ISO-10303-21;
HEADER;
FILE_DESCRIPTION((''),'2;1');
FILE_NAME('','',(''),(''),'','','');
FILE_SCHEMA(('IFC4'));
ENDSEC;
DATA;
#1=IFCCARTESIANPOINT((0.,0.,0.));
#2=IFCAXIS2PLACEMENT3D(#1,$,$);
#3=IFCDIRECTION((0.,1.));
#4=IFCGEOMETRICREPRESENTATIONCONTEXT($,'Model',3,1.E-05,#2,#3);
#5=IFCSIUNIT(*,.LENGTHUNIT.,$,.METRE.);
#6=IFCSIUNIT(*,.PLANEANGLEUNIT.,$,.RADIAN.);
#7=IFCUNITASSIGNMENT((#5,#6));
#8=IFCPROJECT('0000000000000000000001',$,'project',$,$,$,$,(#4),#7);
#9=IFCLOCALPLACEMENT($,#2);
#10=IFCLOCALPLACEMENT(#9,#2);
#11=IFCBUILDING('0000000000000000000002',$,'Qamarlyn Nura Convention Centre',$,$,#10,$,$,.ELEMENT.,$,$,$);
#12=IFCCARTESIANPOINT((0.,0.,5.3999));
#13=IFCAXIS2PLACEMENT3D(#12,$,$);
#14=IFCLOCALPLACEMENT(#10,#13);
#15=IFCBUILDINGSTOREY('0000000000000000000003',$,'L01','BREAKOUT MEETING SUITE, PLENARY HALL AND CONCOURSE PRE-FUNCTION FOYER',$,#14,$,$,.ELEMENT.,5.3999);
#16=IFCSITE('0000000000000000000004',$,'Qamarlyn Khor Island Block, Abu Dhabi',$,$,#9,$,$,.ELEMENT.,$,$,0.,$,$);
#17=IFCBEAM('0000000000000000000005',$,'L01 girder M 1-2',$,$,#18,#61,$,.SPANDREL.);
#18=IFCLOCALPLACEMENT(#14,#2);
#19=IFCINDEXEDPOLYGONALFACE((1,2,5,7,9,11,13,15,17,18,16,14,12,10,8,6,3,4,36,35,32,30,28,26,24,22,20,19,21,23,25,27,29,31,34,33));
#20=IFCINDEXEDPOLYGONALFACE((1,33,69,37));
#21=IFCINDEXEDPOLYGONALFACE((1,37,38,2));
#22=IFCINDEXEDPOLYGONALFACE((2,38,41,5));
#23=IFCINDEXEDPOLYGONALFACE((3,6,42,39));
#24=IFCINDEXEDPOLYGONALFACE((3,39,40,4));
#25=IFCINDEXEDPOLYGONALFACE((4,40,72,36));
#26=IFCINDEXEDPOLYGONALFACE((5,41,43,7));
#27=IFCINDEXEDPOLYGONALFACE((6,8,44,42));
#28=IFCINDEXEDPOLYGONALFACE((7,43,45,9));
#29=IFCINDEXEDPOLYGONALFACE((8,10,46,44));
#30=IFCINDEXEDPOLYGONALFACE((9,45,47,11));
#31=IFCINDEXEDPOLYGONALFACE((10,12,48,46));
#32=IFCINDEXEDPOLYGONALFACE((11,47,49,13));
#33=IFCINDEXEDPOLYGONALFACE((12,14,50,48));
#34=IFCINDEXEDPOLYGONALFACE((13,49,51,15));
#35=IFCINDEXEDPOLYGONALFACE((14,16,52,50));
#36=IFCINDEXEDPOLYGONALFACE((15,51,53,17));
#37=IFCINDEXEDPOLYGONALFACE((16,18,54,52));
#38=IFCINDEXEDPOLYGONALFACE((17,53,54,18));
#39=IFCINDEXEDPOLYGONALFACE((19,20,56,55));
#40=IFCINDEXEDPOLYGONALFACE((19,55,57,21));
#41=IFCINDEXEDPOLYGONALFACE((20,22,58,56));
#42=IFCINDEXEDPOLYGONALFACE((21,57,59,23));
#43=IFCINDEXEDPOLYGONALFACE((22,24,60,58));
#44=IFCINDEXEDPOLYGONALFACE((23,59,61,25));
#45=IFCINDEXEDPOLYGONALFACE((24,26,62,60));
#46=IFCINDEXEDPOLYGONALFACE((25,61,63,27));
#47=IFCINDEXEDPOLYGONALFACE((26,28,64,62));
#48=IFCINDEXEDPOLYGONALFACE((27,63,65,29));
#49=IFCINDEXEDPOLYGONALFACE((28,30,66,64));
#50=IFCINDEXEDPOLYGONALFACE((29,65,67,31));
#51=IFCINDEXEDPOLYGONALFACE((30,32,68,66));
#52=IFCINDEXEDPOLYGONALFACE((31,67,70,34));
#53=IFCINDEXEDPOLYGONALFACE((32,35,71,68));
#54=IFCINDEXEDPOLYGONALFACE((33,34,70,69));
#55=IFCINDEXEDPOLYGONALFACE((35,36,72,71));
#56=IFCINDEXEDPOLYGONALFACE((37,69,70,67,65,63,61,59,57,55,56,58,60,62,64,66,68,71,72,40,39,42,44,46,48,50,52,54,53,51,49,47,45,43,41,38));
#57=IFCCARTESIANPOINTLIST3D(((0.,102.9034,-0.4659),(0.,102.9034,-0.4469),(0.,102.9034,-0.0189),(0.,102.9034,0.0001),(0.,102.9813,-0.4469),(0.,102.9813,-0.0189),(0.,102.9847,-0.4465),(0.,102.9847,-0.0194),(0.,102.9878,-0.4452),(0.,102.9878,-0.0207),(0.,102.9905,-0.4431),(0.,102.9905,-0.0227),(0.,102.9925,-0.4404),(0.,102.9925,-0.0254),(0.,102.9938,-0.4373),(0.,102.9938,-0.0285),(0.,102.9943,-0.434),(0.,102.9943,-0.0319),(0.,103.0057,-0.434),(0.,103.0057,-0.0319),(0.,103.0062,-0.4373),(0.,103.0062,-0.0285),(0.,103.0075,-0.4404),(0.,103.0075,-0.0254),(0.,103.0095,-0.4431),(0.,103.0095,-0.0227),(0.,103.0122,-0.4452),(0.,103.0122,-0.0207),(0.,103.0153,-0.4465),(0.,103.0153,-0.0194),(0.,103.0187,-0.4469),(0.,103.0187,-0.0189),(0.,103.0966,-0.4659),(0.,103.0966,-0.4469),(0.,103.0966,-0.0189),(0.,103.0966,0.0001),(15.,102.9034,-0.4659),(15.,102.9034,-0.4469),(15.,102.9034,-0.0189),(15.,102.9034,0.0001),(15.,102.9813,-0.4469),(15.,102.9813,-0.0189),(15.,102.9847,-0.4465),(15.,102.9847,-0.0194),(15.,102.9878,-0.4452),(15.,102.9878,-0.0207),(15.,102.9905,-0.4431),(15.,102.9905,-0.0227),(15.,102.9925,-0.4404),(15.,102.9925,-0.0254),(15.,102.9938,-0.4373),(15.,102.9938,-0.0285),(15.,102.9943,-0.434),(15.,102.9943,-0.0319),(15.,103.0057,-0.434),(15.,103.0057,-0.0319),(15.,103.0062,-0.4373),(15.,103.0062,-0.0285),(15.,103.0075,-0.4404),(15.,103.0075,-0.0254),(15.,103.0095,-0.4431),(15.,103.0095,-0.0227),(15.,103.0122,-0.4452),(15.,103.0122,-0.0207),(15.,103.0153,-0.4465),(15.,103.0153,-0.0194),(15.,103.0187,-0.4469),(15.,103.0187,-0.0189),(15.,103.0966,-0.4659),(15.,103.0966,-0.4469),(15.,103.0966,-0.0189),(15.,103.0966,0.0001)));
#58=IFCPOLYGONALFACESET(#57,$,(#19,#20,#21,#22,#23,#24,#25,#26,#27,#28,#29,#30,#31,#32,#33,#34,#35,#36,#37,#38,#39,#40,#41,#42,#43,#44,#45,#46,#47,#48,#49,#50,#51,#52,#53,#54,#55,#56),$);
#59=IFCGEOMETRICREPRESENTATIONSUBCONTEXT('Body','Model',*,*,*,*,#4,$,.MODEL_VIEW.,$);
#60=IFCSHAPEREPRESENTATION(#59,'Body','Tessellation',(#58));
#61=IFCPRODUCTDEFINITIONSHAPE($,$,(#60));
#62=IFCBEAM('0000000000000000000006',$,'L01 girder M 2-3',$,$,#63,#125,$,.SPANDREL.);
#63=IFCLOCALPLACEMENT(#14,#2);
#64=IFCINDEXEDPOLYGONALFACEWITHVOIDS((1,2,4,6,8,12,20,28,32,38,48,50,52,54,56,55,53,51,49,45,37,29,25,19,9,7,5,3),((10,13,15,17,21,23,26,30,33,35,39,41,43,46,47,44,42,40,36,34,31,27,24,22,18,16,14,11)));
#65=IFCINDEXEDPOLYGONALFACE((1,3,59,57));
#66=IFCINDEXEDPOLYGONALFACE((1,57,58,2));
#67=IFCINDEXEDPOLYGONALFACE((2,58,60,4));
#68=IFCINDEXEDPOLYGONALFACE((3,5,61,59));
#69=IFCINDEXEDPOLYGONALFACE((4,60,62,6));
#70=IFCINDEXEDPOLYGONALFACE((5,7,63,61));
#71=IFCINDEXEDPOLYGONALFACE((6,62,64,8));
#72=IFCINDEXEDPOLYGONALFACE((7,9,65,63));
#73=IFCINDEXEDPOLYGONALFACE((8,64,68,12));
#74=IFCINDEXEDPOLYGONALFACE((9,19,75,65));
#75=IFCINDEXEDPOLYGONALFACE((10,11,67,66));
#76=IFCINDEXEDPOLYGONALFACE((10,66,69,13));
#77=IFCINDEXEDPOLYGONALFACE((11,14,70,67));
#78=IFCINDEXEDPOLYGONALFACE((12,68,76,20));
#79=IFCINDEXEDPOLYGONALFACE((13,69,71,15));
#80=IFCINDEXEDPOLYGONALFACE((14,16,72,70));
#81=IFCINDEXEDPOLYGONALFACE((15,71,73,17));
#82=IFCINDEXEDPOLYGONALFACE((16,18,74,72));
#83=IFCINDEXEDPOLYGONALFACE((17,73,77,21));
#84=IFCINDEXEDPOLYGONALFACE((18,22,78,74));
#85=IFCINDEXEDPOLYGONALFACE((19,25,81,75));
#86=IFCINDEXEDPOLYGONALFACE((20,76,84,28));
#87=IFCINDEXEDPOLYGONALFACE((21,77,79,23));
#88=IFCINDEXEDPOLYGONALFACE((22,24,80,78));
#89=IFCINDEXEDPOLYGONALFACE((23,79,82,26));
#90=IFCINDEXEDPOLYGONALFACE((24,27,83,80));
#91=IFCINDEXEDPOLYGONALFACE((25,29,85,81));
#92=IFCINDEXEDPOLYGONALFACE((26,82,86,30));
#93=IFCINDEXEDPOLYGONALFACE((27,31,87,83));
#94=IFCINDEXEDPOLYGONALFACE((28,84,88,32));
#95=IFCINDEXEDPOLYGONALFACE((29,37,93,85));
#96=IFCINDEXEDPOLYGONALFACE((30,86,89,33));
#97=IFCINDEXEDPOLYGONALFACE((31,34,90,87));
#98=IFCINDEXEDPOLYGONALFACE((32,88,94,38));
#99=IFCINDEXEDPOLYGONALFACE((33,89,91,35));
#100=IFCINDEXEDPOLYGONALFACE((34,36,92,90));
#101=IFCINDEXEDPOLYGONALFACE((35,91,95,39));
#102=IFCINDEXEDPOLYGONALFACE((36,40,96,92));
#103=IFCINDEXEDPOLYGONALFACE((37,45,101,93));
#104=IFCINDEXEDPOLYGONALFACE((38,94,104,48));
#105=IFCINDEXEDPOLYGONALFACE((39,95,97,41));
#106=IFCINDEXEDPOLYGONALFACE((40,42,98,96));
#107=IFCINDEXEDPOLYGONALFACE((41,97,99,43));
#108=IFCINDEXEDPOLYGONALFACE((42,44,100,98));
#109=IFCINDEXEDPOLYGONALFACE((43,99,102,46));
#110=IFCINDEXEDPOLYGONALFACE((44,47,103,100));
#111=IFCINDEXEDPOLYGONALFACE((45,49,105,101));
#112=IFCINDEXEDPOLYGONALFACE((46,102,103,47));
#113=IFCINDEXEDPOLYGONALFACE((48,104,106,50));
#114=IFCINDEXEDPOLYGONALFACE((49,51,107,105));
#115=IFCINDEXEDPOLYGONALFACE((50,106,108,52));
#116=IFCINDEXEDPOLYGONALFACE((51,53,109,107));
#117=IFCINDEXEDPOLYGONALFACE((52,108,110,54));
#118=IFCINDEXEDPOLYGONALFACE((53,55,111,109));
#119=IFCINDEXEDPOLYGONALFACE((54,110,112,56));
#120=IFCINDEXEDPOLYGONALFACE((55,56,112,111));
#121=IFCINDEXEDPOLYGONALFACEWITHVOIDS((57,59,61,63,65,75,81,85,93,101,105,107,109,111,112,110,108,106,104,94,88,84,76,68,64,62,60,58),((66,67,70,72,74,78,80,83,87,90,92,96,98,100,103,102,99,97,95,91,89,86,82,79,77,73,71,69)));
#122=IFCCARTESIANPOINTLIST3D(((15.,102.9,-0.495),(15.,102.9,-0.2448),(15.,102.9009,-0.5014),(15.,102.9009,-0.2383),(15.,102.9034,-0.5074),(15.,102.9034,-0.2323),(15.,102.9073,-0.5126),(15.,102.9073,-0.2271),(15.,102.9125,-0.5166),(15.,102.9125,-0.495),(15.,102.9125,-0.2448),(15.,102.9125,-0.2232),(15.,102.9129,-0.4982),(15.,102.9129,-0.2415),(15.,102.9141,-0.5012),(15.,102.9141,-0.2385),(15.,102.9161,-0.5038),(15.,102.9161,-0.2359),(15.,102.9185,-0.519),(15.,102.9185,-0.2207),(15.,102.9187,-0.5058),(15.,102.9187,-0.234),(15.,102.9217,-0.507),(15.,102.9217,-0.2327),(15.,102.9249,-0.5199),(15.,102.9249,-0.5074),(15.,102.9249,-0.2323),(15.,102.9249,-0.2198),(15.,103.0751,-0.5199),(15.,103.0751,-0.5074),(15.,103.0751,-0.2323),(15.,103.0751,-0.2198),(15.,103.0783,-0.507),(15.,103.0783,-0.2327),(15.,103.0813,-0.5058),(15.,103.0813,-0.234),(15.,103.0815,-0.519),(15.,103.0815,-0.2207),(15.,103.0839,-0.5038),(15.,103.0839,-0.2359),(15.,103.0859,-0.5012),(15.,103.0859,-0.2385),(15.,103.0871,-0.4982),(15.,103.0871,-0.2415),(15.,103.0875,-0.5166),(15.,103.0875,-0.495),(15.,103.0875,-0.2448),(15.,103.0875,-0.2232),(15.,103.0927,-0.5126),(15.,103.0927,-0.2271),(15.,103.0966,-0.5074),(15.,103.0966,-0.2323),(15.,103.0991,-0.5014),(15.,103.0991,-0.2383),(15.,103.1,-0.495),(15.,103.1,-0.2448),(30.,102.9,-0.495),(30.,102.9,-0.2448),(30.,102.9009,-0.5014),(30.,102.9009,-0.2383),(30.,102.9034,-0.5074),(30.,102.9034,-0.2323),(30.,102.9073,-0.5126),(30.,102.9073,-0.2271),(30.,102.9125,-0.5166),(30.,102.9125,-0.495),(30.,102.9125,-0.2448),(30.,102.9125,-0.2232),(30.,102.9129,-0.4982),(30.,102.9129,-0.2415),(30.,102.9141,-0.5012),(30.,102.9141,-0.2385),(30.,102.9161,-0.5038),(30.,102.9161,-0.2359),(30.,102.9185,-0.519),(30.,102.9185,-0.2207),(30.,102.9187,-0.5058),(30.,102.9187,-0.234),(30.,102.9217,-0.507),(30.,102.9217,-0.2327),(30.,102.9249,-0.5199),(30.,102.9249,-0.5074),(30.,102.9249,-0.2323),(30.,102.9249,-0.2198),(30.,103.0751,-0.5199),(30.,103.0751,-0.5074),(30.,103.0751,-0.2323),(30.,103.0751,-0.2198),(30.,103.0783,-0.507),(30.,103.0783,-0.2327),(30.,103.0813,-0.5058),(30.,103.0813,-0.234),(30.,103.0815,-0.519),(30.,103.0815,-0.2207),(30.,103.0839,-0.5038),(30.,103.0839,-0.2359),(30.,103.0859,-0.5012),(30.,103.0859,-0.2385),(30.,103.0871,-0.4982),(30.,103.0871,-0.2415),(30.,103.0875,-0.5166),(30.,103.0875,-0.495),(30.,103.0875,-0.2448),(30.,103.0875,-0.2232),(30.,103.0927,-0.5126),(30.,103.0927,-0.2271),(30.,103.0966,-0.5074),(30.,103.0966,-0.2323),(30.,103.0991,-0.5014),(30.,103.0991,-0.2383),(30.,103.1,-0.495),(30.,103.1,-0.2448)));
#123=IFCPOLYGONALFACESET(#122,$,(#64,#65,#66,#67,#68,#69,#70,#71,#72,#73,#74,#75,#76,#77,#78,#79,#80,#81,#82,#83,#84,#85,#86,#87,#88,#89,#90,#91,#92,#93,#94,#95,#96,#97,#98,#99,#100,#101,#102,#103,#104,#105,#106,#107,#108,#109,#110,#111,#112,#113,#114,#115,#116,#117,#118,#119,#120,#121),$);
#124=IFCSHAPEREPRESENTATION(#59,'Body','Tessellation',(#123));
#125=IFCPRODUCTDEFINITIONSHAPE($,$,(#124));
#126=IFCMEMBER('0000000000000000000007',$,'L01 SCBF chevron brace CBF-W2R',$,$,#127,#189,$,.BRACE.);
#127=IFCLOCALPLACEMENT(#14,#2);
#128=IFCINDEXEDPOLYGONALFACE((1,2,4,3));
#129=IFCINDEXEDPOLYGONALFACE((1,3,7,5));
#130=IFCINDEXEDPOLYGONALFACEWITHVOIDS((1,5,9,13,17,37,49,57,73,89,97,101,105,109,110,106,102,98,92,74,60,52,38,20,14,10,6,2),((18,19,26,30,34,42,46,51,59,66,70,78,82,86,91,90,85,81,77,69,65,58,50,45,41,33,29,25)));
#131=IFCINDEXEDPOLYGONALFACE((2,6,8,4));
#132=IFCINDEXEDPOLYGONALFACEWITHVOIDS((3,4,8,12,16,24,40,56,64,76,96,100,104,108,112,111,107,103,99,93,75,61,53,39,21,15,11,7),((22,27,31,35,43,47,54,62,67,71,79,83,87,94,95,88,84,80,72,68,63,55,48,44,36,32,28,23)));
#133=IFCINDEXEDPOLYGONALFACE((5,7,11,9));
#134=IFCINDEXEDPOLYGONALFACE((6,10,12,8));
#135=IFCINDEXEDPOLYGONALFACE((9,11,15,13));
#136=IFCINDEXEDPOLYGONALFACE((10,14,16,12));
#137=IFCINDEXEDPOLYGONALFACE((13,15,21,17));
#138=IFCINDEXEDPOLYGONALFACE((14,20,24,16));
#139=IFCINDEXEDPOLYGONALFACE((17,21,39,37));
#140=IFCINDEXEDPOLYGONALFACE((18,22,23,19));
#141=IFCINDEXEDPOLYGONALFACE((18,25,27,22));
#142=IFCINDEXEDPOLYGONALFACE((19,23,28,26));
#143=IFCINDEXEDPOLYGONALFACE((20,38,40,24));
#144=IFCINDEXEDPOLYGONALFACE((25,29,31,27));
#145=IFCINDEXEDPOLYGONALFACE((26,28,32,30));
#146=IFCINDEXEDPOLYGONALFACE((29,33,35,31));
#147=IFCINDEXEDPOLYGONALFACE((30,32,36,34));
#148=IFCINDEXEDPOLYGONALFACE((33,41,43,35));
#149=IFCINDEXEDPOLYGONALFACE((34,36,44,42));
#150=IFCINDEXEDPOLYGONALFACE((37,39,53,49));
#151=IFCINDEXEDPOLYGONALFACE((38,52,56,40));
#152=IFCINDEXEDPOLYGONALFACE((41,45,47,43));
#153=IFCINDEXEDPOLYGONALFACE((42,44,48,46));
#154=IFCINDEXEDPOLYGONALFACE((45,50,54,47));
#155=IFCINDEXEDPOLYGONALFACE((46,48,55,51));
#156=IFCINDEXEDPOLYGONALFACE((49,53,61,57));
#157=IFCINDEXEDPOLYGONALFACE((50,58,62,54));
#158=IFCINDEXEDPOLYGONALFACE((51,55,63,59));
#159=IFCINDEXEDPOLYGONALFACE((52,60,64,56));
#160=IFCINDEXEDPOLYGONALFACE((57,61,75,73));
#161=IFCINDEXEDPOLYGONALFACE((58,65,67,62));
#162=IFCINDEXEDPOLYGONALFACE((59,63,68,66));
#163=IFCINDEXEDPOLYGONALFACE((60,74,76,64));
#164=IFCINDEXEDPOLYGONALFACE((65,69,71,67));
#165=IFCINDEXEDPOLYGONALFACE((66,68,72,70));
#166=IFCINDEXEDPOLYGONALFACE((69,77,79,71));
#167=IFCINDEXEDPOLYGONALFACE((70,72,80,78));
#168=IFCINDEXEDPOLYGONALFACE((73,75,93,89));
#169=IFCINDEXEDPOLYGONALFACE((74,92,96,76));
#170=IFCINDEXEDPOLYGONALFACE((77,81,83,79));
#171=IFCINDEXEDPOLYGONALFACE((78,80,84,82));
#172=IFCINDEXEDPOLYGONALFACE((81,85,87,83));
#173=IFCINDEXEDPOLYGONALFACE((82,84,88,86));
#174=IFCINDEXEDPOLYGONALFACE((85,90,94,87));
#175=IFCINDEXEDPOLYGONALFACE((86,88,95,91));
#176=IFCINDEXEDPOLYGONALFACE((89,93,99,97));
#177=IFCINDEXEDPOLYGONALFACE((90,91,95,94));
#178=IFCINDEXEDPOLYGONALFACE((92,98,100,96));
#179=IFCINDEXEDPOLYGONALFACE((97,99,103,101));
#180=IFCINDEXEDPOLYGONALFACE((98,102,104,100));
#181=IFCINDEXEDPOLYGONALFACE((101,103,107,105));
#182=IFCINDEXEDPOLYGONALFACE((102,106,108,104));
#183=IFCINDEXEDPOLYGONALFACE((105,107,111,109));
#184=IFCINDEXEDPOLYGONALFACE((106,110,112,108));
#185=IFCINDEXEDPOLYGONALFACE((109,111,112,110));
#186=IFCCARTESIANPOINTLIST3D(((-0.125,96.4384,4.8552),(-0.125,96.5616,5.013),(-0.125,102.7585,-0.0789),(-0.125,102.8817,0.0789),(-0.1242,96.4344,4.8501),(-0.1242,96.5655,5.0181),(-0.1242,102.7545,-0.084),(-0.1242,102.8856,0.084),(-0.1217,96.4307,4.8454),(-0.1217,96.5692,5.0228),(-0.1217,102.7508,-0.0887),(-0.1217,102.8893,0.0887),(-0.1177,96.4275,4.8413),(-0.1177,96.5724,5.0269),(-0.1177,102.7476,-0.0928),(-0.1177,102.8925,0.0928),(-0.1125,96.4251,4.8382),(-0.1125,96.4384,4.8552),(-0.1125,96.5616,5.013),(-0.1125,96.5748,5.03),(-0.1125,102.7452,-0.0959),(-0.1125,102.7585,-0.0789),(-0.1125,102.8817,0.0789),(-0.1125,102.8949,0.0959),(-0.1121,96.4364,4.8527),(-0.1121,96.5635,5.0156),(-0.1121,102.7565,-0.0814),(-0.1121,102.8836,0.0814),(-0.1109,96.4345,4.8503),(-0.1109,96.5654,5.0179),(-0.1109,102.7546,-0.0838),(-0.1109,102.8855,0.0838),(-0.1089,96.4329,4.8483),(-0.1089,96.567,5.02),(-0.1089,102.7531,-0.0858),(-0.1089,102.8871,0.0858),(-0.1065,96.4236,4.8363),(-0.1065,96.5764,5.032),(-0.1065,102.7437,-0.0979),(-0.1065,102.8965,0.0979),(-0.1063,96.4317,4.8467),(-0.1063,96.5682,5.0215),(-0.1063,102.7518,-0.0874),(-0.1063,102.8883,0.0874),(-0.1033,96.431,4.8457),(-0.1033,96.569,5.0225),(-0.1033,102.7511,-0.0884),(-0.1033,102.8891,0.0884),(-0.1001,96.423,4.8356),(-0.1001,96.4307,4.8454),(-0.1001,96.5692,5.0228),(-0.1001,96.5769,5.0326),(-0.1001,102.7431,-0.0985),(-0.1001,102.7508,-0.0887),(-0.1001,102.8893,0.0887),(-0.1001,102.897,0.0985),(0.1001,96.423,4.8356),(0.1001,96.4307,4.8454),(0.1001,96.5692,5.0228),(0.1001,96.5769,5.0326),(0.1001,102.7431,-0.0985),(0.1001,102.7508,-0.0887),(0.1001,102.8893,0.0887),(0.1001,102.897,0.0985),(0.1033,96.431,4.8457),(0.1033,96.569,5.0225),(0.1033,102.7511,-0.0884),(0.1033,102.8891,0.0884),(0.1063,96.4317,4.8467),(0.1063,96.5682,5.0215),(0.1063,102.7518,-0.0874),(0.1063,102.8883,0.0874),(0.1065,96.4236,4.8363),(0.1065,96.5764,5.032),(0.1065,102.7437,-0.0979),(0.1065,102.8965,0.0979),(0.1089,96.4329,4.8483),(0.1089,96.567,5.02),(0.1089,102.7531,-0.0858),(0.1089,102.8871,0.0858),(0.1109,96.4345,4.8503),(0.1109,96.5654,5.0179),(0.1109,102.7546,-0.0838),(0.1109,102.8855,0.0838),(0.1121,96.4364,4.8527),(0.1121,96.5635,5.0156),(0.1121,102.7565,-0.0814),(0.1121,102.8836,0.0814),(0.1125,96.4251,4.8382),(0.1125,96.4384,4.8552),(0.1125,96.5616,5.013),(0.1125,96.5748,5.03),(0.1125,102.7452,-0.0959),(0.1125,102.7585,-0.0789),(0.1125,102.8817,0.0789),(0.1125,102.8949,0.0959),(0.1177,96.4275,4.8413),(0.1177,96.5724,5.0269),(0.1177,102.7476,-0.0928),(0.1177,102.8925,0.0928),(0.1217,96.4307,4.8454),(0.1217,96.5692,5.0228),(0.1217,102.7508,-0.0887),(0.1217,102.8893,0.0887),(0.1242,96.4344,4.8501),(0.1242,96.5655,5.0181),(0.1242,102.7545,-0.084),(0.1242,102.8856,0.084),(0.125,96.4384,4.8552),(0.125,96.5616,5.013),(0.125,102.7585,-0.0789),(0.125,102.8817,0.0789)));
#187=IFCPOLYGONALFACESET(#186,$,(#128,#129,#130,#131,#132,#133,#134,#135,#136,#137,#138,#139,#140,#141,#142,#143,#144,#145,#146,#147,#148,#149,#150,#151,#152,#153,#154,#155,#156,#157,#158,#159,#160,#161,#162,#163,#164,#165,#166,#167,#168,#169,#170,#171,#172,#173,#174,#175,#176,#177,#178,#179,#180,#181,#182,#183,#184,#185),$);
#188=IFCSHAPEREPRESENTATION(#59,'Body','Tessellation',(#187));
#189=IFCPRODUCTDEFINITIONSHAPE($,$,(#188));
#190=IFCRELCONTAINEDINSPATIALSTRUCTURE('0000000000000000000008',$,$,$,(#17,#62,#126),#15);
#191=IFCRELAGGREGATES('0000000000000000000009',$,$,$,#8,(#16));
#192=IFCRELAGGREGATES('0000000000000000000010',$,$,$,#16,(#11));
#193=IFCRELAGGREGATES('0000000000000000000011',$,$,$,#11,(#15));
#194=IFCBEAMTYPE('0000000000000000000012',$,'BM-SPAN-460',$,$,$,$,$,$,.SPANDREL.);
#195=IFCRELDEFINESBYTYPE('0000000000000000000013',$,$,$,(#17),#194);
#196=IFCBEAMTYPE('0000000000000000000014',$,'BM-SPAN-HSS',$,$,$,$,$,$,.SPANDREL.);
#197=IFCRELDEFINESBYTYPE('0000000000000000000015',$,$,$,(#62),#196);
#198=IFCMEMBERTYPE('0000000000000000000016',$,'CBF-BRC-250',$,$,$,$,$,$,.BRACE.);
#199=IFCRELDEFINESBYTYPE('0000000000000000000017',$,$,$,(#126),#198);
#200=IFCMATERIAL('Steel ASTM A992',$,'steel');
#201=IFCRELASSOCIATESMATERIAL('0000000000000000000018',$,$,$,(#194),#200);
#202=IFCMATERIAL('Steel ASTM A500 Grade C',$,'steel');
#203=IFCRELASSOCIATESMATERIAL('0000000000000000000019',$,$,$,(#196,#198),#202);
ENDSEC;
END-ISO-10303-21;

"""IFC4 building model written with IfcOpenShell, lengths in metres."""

from ifc_helpers import new_model, si_unit, direction, frame, origin, origin_2d, place, context, subcontext, project, spatial, hollow_rectangle, i_section, extrude, material, material_profile, profile_set, type_object, element, save


model = new_model("IFC4")

# Units and contexts
model_context = context("Model", 3, precision=1e-05, world=origin(), true_north=direction((0.0, 1.0)))
body_context = subcontext(model_context, "Body", "Model", "MODEL_VIEW")
ifc_project = project(units=[si_unit("LENGTHUNIT", "METRE"), si_unit("PLANEANGLEUNIT", "RADIAN")], contexts=[model_context])

# Site, building, storey
site_placement = place(None, origin())
site = spatial("IfcSite", under=ifc_project, at=site_placement, Name="Qamarlyn Khor Island Block, Abu Dhabi", CompositionType="ELEMENT", RefElevation=0.0)
building_placement = place(site_placement, origin())
building = spatial("IfcBuilding", under=site, at=building_placement, Name="Qamarlyn Nura Convention Centre", CompositionType="ELEMENT")
storey_placement = place(building_placement, frame((0.0, 0.0, 5.3999)))
storey = spatial("IfcBuildingStorey", under=building, at=storey_placement, Name="L01", Description="BREAKOUT MEETING SUITE, PLENARY HALL AND CONCOURSE PRE-FUNCTION FOYER", CompositionType="ELEMENT", Elevation=5.3999)

# Shared definitions
ifc_material_1 = material(Name="Steel ASTM A992", Category="steel")

# Beams
ifc_material_profile_1 = material_profile(ifc_material_1, i_section(OverallWidth=0.1931, OverallDepth=0.4661, WebThickness=0.0115, FlangeThickness=0.019, FilletRadius=0.0129, at=origin_2d()), Name="W460X97")
ifc_profile_set_1 = profile_set([ifc_material_profile_1], Name="Steel ASTM A992")
beam_type_1 = type_object("IfcBeamType", Name="BM-SPAN-460", PredefinedType="SPANDREL", material=ifc_profile_set_1)
beam_1_placement = place(storey_placement, frame((0.0, 103.0, -0.2329), z_axis=(1.0, 0.0, 0.0), x_axis=(0.0, 1.0, 0.0)))
element("IfcBeam", 1, at=beam_1_placement, inside=storey, type_object=beam_type_1, Name="L01 girder M 1-2", PredefinedType="SPANDREL", context=body_context, shape_type="SweptSolid", body=[
    extrude(i_section(OverallWidth=0.1931, OverallDepth=0.4661, WebThickness=0.0115, FlangeThickness=0.019, FilletRadius=0.0129, at=origin_2d()), origin(), (0.0, 0.0, 1.0), 15.0),
])
ifc_material_2 = material(Name="Steel ASTM A500 Grade C", Category="steel")
ifc_material_profile_2 = material_profile(ifc_material_2, hollow_rectangle(XDim=0.2, YDim=0.3, WallThickness=0.0125, InnerFilletRadius=0.0125, OuterFilletRadius=0.0249, at=origin_2d()), Name="HSS300X200X12.5")
ifc_profile_set_2 = profile_set([ifc_material_profile_2], Name="Steel ASTM A500 Grade C")
beam_type_2 = type_object("IfcBeamType", Name="BM-SPAN-HSS", PredefinedType="SPANDREL", material=ifc_profile_set_2)
beam_2_placement = place(storey_placement, frame((15.0, 103.0, -0.3699), z_axis=(1.0, 0.0, 0.0), x_axis=(0.0, 1.0, 0.0)))
element("IfcBeam", 2, at=beam_2_placement, inside=storey, type_object=beam_type_2, Name="L01 girder M 2-3", PredefinedType="SPANDREL", context=body_context, shape_type="SweptSolid", body=[
    extrude(hollow_rectangle(XDim=0.2, YDim=0.3, WallThickness=0.0125, InnerFilletRadius=0.0125, OuterFilletRadius=0.0249, at=origin_2d()), origin(), (0.0, 0.0, 1.0), 15.0),
])

# Member
ifc_material_profile_3 = material_profile(ifc_material_2, hollow_rectangle(XDim=0.25, YDim=0.25, WallThickness=0.0125, InnerFilletRadius=0.0125, OuterFilletRadius=0.0249, at=origin_2d()), Name="HSS250X250X12.5")
ifc_profile_set_3 = profile_set([ifc_material_profile_3], Name="Steel ASTM A500 Grade C")
member_type_1 = type_object("IfcMemberType", Name="CBF-BRC-250", PredefinedType="BRACE", material=ifc_profile_set_3)
member_1_placement = place(storey_placement, frame((0.0, 102.8201, 0.0), z_axis=(0.0, -0.788234, 0.615375), x_axis=(1.0, 0.0, 0.0)))
element("IfcMember", 3, at=member_1_placement, inside=storey, type_object=member_type_1, Name="L01 SCBF chevron brace CBF-W2R", PredefinedType="BRACE", context=body_context, shape_type="SweptSolid", body=[
    extrude(hollow_rectangle(XDim=0.25, YDim=0.25, WallThickness=0.0125, InnerFilletRadius=0.0125, OuterFilletRadius=0.0249, at=origin_2d()), origin(), (0.0, 0.0, 1.0), 8.0181),
])

save(model, "model.ifc")
